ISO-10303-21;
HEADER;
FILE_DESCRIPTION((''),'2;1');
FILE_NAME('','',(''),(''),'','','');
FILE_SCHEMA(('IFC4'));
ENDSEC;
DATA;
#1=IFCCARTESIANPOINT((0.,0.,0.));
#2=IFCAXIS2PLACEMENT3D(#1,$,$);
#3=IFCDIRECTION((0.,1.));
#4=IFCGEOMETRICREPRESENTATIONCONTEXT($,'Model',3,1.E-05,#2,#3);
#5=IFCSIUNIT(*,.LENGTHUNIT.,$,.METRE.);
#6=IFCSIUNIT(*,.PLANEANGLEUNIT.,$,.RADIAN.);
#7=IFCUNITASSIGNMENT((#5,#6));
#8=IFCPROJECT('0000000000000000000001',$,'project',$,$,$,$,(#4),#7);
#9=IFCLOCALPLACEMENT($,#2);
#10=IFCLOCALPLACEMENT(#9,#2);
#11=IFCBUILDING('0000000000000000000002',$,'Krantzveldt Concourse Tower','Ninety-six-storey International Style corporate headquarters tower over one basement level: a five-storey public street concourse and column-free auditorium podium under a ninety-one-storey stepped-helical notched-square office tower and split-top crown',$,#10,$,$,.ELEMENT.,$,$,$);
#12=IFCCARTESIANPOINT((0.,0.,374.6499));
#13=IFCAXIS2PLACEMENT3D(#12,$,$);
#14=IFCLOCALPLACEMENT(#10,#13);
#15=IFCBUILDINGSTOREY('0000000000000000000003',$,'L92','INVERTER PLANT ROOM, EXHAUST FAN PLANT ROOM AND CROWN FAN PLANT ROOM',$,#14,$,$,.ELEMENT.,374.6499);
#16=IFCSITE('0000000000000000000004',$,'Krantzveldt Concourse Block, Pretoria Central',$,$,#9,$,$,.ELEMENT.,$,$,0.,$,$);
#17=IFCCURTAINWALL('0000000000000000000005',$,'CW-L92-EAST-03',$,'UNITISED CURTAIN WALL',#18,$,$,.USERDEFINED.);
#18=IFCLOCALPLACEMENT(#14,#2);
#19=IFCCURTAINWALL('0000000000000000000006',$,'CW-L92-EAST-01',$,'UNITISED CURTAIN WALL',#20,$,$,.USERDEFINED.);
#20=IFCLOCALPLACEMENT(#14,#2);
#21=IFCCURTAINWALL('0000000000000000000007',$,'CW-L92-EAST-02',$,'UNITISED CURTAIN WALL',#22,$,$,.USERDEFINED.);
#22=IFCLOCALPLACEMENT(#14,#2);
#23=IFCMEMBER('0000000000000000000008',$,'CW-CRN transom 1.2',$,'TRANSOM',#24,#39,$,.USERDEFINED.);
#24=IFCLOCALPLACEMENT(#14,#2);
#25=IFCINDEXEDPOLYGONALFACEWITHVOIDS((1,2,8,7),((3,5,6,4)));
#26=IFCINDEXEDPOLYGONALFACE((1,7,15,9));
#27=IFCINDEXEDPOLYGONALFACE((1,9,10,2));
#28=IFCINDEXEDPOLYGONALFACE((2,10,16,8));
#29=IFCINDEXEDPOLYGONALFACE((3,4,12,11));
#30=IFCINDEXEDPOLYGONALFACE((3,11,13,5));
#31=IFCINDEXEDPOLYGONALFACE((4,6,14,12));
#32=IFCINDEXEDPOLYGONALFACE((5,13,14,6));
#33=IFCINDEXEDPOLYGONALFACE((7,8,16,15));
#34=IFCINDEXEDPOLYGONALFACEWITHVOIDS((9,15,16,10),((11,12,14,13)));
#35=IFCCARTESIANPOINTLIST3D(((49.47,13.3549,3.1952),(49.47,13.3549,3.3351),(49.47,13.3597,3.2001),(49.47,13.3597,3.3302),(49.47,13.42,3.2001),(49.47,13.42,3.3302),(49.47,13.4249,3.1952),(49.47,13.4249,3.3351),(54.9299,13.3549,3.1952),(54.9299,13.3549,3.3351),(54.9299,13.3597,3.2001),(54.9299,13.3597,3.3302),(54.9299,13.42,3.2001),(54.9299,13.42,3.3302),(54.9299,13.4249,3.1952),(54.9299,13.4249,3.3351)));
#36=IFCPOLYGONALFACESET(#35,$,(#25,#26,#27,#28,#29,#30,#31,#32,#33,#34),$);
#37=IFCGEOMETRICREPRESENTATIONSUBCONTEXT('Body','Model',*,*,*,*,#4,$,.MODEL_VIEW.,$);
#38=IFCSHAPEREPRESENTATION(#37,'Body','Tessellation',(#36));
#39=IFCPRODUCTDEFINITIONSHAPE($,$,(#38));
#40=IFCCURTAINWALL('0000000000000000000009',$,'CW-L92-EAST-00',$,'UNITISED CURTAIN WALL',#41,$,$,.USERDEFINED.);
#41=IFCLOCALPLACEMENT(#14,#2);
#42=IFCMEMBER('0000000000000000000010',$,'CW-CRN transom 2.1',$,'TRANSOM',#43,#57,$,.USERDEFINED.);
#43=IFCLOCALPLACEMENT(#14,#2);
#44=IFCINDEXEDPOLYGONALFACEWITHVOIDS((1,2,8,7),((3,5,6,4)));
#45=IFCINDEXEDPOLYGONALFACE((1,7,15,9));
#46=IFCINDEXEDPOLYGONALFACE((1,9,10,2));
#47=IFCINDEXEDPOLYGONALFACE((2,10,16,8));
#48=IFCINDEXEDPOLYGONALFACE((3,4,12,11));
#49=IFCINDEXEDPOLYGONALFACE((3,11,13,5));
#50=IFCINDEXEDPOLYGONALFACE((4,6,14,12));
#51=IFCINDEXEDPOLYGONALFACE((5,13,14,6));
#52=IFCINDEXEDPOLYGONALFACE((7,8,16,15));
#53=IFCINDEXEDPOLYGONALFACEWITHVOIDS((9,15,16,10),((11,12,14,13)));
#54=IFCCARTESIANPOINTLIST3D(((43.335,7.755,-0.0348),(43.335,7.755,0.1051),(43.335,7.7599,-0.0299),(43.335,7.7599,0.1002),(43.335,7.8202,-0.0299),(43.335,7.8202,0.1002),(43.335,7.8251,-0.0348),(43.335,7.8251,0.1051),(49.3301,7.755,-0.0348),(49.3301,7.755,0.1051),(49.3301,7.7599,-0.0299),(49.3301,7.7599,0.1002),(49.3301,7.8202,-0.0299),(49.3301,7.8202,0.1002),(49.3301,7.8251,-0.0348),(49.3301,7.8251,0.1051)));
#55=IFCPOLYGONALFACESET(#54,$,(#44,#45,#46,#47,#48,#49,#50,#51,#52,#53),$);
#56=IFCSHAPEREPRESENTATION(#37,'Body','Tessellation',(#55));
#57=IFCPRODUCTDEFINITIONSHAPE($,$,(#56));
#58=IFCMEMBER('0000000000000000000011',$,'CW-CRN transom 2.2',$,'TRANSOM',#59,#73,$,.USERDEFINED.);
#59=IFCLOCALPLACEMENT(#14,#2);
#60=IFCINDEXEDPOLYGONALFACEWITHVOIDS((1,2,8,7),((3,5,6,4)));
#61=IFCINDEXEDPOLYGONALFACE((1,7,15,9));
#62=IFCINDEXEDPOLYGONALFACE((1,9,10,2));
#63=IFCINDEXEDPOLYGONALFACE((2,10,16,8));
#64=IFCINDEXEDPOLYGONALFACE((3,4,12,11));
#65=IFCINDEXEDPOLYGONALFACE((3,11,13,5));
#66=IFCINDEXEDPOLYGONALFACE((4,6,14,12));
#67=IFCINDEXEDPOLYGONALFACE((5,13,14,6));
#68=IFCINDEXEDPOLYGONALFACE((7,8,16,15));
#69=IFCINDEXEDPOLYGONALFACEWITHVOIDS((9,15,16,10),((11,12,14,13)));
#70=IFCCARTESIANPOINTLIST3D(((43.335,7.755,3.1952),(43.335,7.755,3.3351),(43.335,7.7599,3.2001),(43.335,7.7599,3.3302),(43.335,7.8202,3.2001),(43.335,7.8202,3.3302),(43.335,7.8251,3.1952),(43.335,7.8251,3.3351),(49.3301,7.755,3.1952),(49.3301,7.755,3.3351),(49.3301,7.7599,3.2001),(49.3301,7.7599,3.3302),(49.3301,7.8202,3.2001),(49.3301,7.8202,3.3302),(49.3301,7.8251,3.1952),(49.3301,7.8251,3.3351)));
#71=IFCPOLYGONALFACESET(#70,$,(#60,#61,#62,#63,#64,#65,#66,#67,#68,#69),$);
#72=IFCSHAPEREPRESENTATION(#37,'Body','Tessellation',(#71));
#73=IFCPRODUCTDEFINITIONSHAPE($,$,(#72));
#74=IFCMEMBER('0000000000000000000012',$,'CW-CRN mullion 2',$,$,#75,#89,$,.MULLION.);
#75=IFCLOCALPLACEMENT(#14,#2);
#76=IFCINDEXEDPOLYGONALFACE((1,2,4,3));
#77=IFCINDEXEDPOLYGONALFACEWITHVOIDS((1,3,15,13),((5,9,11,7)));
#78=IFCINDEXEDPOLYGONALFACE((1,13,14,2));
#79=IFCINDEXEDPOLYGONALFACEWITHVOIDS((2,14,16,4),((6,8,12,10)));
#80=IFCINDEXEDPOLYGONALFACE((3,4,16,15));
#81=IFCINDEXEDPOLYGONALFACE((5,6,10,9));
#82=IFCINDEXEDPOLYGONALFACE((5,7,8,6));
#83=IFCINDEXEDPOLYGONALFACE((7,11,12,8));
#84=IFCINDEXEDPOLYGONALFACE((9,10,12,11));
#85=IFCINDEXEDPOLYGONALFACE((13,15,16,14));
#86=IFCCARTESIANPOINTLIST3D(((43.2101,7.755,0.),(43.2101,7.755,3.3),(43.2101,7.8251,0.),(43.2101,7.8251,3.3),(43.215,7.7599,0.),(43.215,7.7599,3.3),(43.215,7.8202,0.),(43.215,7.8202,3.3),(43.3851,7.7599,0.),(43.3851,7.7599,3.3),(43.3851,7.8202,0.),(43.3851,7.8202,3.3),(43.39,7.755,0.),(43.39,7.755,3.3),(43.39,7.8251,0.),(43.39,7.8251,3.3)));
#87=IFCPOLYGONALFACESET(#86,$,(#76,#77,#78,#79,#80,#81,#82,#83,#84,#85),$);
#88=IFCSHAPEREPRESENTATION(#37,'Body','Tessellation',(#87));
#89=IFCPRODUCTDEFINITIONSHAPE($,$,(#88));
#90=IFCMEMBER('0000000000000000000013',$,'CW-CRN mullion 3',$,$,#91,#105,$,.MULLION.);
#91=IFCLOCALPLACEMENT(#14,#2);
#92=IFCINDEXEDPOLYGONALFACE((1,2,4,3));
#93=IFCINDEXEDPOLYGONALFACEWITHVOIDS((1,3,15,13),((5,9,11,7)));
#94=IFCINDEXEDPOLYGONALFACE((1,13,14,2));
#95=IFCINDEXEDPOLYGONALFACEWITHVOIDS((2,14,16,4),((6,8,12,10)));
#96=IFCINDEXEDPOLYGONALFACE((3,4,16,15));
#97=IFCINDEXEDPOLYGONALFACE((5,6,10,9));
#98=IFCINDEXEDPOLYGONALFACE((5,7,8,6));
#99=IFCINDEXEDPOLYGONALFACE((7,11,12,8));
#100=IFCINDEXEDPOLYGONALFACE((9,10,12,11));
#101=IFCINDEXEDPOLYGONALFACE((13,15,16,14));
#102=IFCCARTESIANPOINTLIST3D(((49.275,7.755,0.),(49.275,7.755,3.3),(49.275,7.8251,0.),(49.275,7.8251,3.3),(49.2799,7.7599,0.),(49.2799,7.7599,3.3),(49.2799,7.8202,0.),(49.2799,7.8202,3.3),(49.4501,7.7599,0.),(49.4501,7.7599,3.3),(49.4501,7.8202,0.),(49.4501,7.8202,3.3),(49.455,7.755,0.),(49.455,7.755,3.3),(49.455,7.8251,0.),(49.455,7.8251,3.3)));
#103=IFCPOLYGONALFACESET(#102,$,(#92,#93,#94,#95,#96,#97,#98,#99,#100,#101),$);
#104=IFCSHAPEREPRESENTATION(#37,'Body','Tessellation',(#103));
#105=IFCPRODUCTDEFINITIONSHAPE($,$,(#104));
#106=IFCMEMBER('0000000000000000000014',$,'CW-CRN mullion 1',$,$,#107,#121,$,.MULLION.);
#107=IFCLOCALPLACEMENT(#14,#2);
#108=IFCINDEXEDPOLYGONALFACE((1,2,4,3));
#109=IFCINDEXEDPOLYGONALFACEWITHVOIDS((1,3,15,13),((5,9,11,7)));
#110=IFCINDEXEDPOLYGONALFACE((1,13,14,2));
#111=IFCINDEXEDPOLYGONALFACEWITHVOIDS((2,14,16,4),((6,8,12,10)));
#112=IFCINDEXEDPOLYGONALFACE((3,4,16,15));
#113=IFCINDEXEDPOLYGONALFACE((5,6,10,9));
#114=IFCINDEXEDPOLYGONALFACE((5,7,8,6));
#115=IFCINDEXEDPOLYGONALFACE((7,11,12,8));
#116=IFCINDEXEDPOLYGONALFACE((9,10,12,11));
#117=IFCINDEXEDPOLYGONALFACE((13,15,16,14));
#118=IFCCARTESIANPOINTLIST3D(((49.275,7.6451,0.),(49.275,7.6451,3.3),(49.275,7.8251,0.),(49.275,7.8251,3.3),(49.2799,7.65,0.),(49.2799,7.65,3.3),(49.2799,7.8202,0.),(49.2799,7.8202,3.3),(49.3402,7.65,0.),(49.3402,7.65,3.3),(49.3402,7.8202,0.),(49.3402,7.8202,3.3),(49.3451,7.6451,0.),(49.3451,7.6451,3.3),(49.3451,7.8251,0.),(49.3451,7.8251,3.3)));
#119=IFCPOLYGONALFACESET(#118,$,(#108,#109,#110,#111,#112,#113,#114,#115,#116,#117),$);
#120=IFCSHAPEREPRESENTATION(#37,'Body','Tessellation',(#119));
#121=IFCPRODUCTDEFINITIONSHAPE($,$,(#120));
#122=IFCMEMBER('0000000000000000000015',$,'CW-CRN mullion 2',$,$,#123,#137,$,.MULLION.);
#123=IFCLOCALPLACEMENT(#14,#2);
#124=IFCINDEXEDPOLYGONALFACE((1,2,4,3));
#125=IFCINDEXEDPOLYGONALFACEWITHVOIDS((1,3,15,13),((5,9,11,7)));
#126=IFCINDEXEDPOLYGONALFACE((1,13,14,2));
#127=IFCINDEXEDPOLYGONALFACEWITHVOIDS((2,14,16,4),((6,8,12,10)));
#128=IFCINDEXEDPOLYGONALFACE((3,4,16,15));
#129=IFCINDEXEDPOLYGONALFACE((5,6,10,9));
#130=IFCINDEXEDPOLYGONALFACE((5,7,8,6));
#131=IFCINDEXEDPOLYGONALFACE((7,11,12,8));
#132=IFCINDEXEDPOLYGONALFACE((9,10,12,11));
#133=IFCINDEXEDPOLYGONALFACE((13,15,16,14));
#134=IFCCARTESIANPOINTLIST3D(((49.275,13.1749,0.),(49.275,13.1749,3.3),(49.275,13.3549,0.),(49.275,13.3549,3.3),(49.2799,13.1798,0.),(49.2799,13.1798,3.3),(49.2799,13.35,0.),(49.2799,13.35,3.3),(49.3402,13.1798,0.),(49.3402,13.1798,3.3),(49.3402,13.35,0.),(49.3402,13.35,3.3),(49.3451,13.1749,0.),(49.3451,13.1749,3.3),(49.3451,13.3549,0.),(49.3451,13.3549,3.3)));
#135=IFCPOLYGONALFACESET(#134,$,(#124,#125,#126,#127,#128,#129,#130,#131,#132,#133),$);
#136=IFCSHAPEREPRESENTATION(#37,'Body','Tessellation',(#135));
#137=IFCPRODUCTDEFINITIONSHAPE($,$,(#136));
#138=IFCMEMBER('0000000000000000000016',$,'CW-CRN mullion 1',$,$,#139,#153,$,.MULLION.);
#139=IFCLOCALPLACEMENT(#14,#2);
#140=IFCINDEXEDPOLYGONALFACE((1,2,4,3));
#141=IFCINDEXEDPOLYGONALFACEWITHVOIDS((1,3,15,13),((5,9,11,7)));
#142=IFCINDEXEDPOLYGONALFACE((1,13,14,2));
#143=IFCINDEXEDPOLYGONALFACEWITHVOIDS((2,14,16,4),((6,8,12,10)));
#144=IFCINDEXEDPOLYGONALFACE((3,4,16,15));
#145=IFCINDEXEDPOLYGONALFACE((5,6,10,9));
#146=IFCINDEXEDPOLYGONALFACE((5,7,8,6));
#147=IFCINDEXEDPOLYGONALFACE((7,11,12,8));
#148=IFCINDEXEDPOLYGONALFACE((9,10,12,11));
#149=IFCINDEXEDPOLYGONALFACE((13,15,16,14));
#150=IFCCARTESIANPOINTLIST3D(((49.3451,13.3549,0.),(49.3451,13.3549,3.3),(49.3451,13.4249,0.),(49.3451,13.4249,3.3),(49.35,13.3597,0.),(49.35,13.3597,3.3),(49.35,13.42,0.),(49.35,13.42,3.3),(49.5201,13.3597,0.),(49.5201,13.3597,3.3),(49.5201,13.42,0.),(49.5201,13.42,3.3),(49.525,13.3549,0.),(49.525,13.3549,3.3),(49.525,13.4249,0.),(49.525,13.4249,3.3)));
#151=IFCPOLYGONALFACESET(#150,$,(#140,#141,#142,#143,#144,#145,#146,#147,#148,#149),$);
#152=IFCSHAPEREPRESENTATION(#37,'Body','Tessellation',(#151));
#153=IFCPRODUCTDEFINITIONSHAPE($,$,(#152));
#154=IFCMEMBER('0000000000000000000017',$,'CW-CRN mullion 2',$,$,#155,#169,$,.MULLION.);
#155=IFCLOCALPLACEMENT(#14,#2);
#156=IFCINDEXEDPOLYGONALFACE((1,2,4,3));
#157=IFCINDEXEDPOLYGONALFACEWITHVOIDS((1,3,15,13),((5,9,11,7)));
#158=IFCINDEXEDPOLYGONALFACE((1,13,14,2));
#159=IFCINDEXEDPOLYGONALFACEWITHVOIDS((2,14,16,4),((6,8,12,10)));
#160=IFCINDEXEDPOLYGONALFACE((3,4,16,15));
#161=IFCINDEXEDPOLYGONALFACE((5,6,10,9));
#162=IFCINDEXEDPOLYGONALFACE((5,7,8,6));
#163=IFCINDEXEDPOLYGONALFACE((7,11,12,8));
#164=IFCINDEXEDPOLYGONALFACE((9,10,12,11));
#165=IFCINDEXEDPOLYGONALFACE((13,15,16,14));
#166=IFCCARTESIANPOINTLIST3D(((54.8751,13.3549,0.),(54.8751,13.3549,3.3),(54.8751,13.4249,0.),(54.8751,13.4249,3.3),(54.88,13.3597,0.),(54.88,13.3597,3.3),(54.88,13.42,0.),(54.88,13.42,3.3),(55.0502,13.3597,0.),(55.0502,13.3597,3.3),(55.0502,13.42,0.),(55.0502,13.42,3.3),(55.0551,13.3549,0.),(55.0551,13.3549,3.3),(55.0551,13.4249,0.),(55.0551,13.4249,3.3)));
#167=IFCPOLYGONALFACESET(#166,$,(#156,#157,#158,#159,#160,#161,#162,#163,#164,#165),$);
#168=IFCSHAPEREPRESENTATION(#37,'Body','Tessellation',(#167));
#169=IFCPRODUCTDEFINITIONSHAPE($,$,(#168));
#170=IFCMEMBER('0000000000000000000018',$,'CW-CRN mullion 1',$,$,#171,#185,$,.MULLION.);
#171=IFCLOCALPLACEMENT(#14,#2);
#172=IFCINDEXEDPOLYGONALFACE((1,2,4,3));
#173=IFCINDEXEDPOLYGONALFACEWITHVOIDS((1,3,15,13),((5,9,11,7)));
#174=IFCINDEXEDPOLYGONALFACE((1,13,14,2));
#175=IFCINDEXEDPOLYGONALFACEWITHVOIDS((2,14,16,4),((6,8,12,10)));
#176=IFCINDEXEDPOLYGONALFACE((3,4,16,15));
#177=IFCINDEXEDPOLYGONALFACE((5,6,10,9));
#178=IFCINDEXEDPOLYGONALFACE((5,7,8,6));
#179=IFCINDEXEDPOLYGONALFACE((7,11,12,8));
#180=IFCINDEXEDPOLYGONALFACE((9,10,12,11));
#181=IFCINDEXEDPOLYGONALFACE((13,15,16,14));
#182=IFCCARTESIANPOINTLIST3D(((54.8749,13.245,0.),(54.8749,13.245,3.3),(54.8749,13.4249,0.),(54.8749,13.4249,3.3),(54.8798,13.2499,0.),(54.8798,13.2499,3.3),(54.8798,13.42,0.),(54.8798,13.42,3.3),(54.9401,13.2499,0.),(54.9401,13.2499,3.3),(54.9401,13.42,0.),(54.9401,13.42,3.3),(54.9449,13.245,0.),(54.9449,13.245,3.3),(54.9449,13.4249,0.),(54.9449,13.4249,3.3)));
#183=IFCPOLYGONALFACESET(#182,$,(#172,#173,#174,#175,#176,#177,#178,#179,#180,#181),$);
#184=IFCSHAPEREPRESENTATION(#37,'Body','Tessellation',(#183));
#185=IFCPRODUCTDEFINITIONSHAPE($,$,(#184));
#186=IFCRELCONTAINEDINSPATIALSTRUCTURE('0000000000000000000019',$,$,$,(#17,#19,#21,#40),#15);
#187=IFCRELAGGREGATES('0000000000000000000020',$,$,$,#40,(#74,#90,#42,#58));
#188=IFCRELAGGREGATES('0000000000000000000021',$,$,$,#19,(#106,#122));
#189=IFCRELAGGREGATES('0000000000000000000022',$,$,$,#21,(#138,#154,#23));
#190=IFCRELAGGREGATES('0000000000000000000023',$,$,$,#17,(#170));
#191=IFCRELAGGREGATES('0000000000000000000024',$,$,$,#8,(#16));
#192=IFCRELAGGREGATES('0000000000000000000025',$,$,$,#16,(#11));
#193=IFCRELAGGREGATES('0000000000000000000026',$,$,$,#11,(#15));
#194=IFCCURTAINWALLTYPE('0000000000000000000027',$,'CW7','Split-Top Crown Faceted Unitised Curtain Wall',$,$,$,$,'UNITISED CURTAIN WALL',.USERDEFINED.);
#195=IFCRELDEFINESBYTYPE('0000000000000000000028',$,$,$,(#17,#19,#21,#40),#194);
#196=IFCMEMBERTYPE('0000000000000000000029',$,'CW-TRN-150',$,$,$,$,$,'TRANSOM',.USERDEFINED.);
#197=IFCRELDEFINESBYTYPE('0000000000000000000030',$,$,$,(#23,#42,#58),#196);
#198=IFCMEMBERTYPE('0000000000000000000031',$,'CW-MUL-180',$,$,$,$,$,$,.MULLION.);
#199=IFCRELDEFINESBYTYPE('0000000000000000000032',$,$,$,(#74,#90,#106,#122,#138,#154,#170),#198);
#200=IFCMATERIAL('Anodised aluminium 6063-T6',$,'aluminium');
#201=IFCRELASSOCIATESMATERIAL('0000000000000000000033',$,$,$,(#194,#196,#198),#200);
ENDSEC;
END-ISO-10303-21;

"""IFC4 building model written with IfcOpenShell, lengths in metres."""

from ifc_helpers import new_model, si_unit, direction, frame, origin, origin_2d, place, context, subcontext, project, spatial, hollow_rectangle, extrude, source, transform, mapped, material, material_profile, profile_set, type_object, type_shapes, element, aggregate, save


model = new_model("IFC4")

# Units and contexts
model_context = context("Model", 3, precision=1e-05, world=origin(), true_north=direction((0.0, 1.0)))
body_context = subcontext(model_context, "Body", "Model", "MODEL_VIEW")
ifc_project = project(units=[si_unit("LENGTHUNIT", "METRE"), si_unit("PLANEANGLEUNIT", "RADIAN")], contexts=[model_context])

# Site, building, storey
site_placement = place(None, origin())
site = spatial("IfcSite", under=ifc_project, at=site_placement, Name="Krantzveldt Concourse Block, Pretoria Central", CompositionType="ELEMENT", RefElevation=0.0)
building_placement = place(site_placement, origin())
building = spatial("IfcBuilding", under=site, at=building_placement, Name="Krantzveldt Concourse Tower", Description="Ninety-six-storey International Style corporate headquarters tower over one basement level: a five-storey public street concourse and column-free auditorium podium under a ninety-one-storey stepped-helical notched-square office tower and split-top crown", CompositionType="ELEMENT")
storey_placement = place(building_placement, frame((0.0, 0.0, 374.6499)))
storey = spatial("IfcBuildingStorey", under=building, at=storey_placement, Name="L92", Description="INVERTER PLANT ROOM, EXHAUST FAN PLANT ROOM AND CROWN FAN PLANT ROOM", CompositionType="ELEMENT", Elevation=374.6499)

# Curtain walls, members
ifc_material_1 = material(Name="Anodised aluminium 6063-T6", Category="aluminium")
curtain_wall_type = type_object("IfcCurtainWallType", Name="CW7", Description="Split-Top Crown Faceted Unitised Curtain Wall", ElementType="UNITISED CURTAIN WALL", PredefinedType="USERDEFINED", material=ifc_material_1)
curtain_wall_1_placement = place(storey_placement, origin())
curtain_wall_1 = element("IfcCurtainWall", 1, at=curtain_wall_1_placement, inside=storey, type_object=curtain_wall_type, Name="CW-L92-EAST-03", ObjectType="UNITISED CURTAIN WALL", PredefinedType="USERDEFINED")
ifc_material_profile_1 = material_profile(ifc_material_1, hollow_rectangle(XDim=0.0701, YDim=0.1399, WallThickness=0.0049, at=origin_2d()), Name="Anodised aluminium 6063-T6", Category="aluminium")
ifc_profile_set_1 = profile_set([ifc_material_profile_1], Name="Anodised aluminium 6063-T6 - ALU-TRAN 140x70x5")
member_type_1 = type_object("IfcMemberType", Name="CW-TRN-150", ElementType="TRANSOM", PredefinedType="USERDEFINED", material=ifc_profile_set_1)
curtain_wall_2_placement = place(storey_placement, origin())
curtain_wall_2 = element("IfcCurtainWall", 2, at=curtain_wall_2_placement, inside=storey, type_object=curtain_wall_type, Name="CW-L92-EAST-01", ObjectType="UNITISED CURTAIN WALL", PredefinedType="USERDEFINED")
shared_shape_1 = source(origin(), body_context, "Body", "SweptSolid", [
    extrude(hollow_rectangle(XDim=0.0701, YDim=0.1399, WallThickness=0.0049, at=origin_2d()), origin(), (0.0, 0.0, 1.0), 5.46),
])
curtain_wall_3_placement = place(storey_placement, origin())
curtain_wall_3 = element("IfcCurtainWall", 3, at=curtain_wall_3_placement, inside=storey, type_object=curtain_wall_type, Name="CW-L92-EAST-02", ObjectType="UNITISED CURTAIN WALL", PredefinedType="USERDEFINED")
member_1_placement = place(storey_placement, frame((49.47, 13.3899, 3.2651), z_axis=(1.0, 0.0, 0.0), x_axis=(0.0, 1.0, 0.0)))
member_1 = element("IfcMember", 4, at=member_1_placement, type_object=member_type_1, Name="CW-CRN transom 1.2", ObjectType="TRANSOM", PredefinedType="USERDEFINED", context=body_context, shape_type="MappedRepresentation", body=[
    mapped(shared_shape_1, transform((0.0, 0.0, 0.0), x_axis=(1.0, 0.0, 0.0), y_axis=(0.0, 1.0, 0.0), z_axis=(0.0, 0.0, 1.0), scale=1.0)),
])
curtain_wall_4_placement = place(storey_placement, origin())
curtain_wall_4 = element("IfcCurtainWall", 5, at=curtain_wall_4_placement, inside=storey, type_object=curtain_wall_type, Name="CW-L92-EAST-00", ObjectType="UNITISED CURTAIN WALL", PredefinedType="USERDEFINED")
shared_shape_2 = source(origin(), body_context, "Body", "SweptSolid", [
    extrude(hollow_rectangle(XDim=0.0701, YDim=0.1399, WallThickness=0.0049, at=origin_2d()), origin(), (0.0, 0.0, 1.0), 5.9951),
])
member_2_placement = place(storey_placement, frame((43.335, 7.79, 0.0352), z_axis=(1.0, 0.0, 0.0), x_axis=(0.0, 1.0, 0.0)))
member_2 = element("IfcMember", 6, at=member_2_placement, type_object=member_type_1, Name="CW-CRN transom 2.1", ObjectType="TRANSOM", PredefinedType="USERDEFINED", context=body_context, shape_type="MappedRepresentation", body=[
    mapped(shared_shape_2, transform((0.0, 0.0, 0.0), x_axis=(1.0, 0.0, 0.0), y_axis=(0.0, 1.0, 0.0), z_axis=(0.0, 0.0, 1.0), scale=1.0)),
])
member_3_placement = place(storey_placement, frame((43.335, 7.79, 3.2651), z_axis=(1.0, 0.0, 0.0), x_axis=(0.0, 1.0, 0.0)))
member_3 = element("IfcMember", 7, at=member_3_placement, type_object=member_type_1, Name="CW-CRN transom 2.2", ObjectType="TRANSOM", PredefinedType="USERDEFINED", context=body_context, shape_type="MappedRepresentation", body=[
    mapped(shared_shape_2, transform((0.0, 0.0, 0.0), x_axis=(1.0, 0.0, 0.0), y_axis=(0.0, 1.0, 0.0), z_axis=(0.0, 0.0, 1.0), scale=1.0)),
])
ifc_material_profile_2 = material_profile(ifc_material_1, hollow_rectangle(XDim=0.0701, YDim=0.1799, WallThickness=0.0049, at=origin_2d()), Name="Anodised aluminium 6063-T6", Category="aluminium")
ifc_profile_set_2 = profile_set([ifc_material_profile_2], Name="Anodised aluminium 6063-T6 - ALU-MULL 180x70x5")
member_type_2 = type_object("IfcMemberType", Name="CW-MUL-180", PredefinedType="MULLION", material=ifc_profile_set_2)
shared_shape_3 = source(origin(), body_context, "Body", "SweptSolid", [
    extrude(hollow_rectangle(XDim=0.0701, YDim=0.1799, WallThickness=0.0049, at=origin_2d()), origin(), (0.0, 0.0, 1.0), 3.3),
])
type_shapes(member_type_2, [shared_shape_3])
member_4_placement = place(storey_placement, frame((43.3, 7.79, 0.0), z_axis=(0.0, 0.0, 1.0), x_axis=(0.0, 1.0, 0.0)))
member_4 = element("IfcMember", 8, at=member_4_placement, type_object=member_type_2, Name="CW-CRN mullion 2", PredefinedType="MULLION", context=body_context, shape_type="MappedRepresentation", body=[
    mapped(shared_shape_3, transform((0.0, 0.0, 0.0), x_axis=(1.0, 0.0, 0.0), y_axis=(0.0, 1.0, 0.0), z_axis=(0.0, 0.0, 1.0), scale=1.0)),
])
member_5_placement = place(storey_placement, frame((49.365, 7.79, 0.0), z_axis=(0.0, 0.0, 1.0), x_axis=(0.0, 1.0, 0.0)))
member_5 = element("IfcMember", 9, at=member_5_placement, type_object=member_type_2, Name="CW-CRN mullion 3", PredefinedType="MULLION", context=body_context, shape_type="MappedRepresentation", body=[
    mapped(shared_shape_3, transform((0.0, 0.0, 0.0), x_axis=(1.0, 0.0, 0.0), y_axis=(0.0, 1.0, 0.0), z_axis=(0.0, 0.0, 1.0), scale=1.0)),
])

# Members
member_6_placement = place(storey_placement, frame((49.3101, 7.7351, 0.0), z_axis=(0.0, 0.0, 1.0), x_axis=(-1.0, 0.0, 0.0)))
member_6 = element("IfcMember", 10, at=member_6_placement, type_object=member_type_2, Name="CW-CRN mullion 1", PredefinedType="MULLION", context=body_context, shape_type="MappedRepresentation", body=[
    mapped(shared_shape_3, transform((0.0, 0.0, 0.0), x_axis=(1.0, 0.0, 0.0), y_axis=(0.0, 1.0, 0.0), z_axis=(0.0, 0.0, 1.0), scale=1.0)),
])
member_7_placement = place(storey_placement, frame((49.3101, 13.2649, 0.0), z_axis=(0.0, 0.0, 1.0), x_axis=(-1.0, 0.0, 0.0)))
member_7 = element("IfcMember", 11, at=member_7_placement, type_object=member_type_2, Name="CW-CRN mullion 2", PredefinedType="MULLION", context=body_context, shape_type="MappedRepresentation", body=[
    mapped(shared_shape_3, transform((0.0, 0.0, 0.0), x_axis=(1.0, 0.0, 0.0), y_axis=(0.0, 1.0, 0.0), z_axis=(0.0, 0.0, 1.0), scale=1.0)),
])
member_8_placement = place(storey_placement, frame((49.4351, 13.3899, 0.0), z_axis=(0.0, 0.0, 1.0), x_axis=(0.0, 1.0, 0.0)))
member_8 = element("IfcMember", 12, at=member_8_placement, type_object=member_type_2, Name="CW-CRN mullion 1", PredefinedType="MULLION", context=body_context, shape_type="MappedRepresentation", body=[
    mapped(shared_shape_3, transform((0.0, 0.0, 0.0), x_axis=(1.0, 0.0, 0.0), y_axis=(0.0, 1.0, 0.0), z_axis=(0.0, 0.0, 1.0), scale=1.0)),
])
member_9_placement = place(storey_placement, frame((54.9651, 13.3899, 0.0), z_axis=(0.0, 0.0, 1.0), x_axis=(0.0, 1.0, 0.0)))
member_9 = element("IfcMember", 13, at=member_9_placement, type_object=member_type_2, Name="CW-CRN mullion 2", PredefinedType="MULLION", context=body_context, shape_type="MappedRepresentation", body=[
    mapped(shared_shape_3, transform((0.0, 0.0, 0.0), x_axis=(1.0, 0.0, 0.0), y_axis=(0.0, 1.0, 0.0), z_axis=(0.0, 0.0, 1.0), scale=1.0)),
])
member_10_placement = place(storey_placement, frame((54.9099, 13.335, 0.0), z_axis=(0.0, 0.0, 1.0), x_axis=(-1.0, 0.0, 0.0)))
member_10 = element("IfcMember", 14, at=member_10_placement, type_object=member_type_2, Name="CW-CRN mullion 1", PredefinedType="MULLION", context=body_context, shape_type="MappedRepresentation", body=[
    mapped(shared_shape_3, transform((0.0, 0.0, 0.0), x_axis=(1.0, 0.0, 0.0), y_axis=(0.0, 1.0, 0.0), z_axis=(0.0, 0.0, 1.0), scale=1.0)),
])

aggregate(curtain_wall_4, [member_4, member_5, member_2, member_3])
aggregate(curtain_wall_2, [member_6, member_7])
aggregate(curtain_wall_3, [member_8, member_9, member_1])
aggregate(curtain_wall_1, [member_10])

save(model, "model.ifc")
